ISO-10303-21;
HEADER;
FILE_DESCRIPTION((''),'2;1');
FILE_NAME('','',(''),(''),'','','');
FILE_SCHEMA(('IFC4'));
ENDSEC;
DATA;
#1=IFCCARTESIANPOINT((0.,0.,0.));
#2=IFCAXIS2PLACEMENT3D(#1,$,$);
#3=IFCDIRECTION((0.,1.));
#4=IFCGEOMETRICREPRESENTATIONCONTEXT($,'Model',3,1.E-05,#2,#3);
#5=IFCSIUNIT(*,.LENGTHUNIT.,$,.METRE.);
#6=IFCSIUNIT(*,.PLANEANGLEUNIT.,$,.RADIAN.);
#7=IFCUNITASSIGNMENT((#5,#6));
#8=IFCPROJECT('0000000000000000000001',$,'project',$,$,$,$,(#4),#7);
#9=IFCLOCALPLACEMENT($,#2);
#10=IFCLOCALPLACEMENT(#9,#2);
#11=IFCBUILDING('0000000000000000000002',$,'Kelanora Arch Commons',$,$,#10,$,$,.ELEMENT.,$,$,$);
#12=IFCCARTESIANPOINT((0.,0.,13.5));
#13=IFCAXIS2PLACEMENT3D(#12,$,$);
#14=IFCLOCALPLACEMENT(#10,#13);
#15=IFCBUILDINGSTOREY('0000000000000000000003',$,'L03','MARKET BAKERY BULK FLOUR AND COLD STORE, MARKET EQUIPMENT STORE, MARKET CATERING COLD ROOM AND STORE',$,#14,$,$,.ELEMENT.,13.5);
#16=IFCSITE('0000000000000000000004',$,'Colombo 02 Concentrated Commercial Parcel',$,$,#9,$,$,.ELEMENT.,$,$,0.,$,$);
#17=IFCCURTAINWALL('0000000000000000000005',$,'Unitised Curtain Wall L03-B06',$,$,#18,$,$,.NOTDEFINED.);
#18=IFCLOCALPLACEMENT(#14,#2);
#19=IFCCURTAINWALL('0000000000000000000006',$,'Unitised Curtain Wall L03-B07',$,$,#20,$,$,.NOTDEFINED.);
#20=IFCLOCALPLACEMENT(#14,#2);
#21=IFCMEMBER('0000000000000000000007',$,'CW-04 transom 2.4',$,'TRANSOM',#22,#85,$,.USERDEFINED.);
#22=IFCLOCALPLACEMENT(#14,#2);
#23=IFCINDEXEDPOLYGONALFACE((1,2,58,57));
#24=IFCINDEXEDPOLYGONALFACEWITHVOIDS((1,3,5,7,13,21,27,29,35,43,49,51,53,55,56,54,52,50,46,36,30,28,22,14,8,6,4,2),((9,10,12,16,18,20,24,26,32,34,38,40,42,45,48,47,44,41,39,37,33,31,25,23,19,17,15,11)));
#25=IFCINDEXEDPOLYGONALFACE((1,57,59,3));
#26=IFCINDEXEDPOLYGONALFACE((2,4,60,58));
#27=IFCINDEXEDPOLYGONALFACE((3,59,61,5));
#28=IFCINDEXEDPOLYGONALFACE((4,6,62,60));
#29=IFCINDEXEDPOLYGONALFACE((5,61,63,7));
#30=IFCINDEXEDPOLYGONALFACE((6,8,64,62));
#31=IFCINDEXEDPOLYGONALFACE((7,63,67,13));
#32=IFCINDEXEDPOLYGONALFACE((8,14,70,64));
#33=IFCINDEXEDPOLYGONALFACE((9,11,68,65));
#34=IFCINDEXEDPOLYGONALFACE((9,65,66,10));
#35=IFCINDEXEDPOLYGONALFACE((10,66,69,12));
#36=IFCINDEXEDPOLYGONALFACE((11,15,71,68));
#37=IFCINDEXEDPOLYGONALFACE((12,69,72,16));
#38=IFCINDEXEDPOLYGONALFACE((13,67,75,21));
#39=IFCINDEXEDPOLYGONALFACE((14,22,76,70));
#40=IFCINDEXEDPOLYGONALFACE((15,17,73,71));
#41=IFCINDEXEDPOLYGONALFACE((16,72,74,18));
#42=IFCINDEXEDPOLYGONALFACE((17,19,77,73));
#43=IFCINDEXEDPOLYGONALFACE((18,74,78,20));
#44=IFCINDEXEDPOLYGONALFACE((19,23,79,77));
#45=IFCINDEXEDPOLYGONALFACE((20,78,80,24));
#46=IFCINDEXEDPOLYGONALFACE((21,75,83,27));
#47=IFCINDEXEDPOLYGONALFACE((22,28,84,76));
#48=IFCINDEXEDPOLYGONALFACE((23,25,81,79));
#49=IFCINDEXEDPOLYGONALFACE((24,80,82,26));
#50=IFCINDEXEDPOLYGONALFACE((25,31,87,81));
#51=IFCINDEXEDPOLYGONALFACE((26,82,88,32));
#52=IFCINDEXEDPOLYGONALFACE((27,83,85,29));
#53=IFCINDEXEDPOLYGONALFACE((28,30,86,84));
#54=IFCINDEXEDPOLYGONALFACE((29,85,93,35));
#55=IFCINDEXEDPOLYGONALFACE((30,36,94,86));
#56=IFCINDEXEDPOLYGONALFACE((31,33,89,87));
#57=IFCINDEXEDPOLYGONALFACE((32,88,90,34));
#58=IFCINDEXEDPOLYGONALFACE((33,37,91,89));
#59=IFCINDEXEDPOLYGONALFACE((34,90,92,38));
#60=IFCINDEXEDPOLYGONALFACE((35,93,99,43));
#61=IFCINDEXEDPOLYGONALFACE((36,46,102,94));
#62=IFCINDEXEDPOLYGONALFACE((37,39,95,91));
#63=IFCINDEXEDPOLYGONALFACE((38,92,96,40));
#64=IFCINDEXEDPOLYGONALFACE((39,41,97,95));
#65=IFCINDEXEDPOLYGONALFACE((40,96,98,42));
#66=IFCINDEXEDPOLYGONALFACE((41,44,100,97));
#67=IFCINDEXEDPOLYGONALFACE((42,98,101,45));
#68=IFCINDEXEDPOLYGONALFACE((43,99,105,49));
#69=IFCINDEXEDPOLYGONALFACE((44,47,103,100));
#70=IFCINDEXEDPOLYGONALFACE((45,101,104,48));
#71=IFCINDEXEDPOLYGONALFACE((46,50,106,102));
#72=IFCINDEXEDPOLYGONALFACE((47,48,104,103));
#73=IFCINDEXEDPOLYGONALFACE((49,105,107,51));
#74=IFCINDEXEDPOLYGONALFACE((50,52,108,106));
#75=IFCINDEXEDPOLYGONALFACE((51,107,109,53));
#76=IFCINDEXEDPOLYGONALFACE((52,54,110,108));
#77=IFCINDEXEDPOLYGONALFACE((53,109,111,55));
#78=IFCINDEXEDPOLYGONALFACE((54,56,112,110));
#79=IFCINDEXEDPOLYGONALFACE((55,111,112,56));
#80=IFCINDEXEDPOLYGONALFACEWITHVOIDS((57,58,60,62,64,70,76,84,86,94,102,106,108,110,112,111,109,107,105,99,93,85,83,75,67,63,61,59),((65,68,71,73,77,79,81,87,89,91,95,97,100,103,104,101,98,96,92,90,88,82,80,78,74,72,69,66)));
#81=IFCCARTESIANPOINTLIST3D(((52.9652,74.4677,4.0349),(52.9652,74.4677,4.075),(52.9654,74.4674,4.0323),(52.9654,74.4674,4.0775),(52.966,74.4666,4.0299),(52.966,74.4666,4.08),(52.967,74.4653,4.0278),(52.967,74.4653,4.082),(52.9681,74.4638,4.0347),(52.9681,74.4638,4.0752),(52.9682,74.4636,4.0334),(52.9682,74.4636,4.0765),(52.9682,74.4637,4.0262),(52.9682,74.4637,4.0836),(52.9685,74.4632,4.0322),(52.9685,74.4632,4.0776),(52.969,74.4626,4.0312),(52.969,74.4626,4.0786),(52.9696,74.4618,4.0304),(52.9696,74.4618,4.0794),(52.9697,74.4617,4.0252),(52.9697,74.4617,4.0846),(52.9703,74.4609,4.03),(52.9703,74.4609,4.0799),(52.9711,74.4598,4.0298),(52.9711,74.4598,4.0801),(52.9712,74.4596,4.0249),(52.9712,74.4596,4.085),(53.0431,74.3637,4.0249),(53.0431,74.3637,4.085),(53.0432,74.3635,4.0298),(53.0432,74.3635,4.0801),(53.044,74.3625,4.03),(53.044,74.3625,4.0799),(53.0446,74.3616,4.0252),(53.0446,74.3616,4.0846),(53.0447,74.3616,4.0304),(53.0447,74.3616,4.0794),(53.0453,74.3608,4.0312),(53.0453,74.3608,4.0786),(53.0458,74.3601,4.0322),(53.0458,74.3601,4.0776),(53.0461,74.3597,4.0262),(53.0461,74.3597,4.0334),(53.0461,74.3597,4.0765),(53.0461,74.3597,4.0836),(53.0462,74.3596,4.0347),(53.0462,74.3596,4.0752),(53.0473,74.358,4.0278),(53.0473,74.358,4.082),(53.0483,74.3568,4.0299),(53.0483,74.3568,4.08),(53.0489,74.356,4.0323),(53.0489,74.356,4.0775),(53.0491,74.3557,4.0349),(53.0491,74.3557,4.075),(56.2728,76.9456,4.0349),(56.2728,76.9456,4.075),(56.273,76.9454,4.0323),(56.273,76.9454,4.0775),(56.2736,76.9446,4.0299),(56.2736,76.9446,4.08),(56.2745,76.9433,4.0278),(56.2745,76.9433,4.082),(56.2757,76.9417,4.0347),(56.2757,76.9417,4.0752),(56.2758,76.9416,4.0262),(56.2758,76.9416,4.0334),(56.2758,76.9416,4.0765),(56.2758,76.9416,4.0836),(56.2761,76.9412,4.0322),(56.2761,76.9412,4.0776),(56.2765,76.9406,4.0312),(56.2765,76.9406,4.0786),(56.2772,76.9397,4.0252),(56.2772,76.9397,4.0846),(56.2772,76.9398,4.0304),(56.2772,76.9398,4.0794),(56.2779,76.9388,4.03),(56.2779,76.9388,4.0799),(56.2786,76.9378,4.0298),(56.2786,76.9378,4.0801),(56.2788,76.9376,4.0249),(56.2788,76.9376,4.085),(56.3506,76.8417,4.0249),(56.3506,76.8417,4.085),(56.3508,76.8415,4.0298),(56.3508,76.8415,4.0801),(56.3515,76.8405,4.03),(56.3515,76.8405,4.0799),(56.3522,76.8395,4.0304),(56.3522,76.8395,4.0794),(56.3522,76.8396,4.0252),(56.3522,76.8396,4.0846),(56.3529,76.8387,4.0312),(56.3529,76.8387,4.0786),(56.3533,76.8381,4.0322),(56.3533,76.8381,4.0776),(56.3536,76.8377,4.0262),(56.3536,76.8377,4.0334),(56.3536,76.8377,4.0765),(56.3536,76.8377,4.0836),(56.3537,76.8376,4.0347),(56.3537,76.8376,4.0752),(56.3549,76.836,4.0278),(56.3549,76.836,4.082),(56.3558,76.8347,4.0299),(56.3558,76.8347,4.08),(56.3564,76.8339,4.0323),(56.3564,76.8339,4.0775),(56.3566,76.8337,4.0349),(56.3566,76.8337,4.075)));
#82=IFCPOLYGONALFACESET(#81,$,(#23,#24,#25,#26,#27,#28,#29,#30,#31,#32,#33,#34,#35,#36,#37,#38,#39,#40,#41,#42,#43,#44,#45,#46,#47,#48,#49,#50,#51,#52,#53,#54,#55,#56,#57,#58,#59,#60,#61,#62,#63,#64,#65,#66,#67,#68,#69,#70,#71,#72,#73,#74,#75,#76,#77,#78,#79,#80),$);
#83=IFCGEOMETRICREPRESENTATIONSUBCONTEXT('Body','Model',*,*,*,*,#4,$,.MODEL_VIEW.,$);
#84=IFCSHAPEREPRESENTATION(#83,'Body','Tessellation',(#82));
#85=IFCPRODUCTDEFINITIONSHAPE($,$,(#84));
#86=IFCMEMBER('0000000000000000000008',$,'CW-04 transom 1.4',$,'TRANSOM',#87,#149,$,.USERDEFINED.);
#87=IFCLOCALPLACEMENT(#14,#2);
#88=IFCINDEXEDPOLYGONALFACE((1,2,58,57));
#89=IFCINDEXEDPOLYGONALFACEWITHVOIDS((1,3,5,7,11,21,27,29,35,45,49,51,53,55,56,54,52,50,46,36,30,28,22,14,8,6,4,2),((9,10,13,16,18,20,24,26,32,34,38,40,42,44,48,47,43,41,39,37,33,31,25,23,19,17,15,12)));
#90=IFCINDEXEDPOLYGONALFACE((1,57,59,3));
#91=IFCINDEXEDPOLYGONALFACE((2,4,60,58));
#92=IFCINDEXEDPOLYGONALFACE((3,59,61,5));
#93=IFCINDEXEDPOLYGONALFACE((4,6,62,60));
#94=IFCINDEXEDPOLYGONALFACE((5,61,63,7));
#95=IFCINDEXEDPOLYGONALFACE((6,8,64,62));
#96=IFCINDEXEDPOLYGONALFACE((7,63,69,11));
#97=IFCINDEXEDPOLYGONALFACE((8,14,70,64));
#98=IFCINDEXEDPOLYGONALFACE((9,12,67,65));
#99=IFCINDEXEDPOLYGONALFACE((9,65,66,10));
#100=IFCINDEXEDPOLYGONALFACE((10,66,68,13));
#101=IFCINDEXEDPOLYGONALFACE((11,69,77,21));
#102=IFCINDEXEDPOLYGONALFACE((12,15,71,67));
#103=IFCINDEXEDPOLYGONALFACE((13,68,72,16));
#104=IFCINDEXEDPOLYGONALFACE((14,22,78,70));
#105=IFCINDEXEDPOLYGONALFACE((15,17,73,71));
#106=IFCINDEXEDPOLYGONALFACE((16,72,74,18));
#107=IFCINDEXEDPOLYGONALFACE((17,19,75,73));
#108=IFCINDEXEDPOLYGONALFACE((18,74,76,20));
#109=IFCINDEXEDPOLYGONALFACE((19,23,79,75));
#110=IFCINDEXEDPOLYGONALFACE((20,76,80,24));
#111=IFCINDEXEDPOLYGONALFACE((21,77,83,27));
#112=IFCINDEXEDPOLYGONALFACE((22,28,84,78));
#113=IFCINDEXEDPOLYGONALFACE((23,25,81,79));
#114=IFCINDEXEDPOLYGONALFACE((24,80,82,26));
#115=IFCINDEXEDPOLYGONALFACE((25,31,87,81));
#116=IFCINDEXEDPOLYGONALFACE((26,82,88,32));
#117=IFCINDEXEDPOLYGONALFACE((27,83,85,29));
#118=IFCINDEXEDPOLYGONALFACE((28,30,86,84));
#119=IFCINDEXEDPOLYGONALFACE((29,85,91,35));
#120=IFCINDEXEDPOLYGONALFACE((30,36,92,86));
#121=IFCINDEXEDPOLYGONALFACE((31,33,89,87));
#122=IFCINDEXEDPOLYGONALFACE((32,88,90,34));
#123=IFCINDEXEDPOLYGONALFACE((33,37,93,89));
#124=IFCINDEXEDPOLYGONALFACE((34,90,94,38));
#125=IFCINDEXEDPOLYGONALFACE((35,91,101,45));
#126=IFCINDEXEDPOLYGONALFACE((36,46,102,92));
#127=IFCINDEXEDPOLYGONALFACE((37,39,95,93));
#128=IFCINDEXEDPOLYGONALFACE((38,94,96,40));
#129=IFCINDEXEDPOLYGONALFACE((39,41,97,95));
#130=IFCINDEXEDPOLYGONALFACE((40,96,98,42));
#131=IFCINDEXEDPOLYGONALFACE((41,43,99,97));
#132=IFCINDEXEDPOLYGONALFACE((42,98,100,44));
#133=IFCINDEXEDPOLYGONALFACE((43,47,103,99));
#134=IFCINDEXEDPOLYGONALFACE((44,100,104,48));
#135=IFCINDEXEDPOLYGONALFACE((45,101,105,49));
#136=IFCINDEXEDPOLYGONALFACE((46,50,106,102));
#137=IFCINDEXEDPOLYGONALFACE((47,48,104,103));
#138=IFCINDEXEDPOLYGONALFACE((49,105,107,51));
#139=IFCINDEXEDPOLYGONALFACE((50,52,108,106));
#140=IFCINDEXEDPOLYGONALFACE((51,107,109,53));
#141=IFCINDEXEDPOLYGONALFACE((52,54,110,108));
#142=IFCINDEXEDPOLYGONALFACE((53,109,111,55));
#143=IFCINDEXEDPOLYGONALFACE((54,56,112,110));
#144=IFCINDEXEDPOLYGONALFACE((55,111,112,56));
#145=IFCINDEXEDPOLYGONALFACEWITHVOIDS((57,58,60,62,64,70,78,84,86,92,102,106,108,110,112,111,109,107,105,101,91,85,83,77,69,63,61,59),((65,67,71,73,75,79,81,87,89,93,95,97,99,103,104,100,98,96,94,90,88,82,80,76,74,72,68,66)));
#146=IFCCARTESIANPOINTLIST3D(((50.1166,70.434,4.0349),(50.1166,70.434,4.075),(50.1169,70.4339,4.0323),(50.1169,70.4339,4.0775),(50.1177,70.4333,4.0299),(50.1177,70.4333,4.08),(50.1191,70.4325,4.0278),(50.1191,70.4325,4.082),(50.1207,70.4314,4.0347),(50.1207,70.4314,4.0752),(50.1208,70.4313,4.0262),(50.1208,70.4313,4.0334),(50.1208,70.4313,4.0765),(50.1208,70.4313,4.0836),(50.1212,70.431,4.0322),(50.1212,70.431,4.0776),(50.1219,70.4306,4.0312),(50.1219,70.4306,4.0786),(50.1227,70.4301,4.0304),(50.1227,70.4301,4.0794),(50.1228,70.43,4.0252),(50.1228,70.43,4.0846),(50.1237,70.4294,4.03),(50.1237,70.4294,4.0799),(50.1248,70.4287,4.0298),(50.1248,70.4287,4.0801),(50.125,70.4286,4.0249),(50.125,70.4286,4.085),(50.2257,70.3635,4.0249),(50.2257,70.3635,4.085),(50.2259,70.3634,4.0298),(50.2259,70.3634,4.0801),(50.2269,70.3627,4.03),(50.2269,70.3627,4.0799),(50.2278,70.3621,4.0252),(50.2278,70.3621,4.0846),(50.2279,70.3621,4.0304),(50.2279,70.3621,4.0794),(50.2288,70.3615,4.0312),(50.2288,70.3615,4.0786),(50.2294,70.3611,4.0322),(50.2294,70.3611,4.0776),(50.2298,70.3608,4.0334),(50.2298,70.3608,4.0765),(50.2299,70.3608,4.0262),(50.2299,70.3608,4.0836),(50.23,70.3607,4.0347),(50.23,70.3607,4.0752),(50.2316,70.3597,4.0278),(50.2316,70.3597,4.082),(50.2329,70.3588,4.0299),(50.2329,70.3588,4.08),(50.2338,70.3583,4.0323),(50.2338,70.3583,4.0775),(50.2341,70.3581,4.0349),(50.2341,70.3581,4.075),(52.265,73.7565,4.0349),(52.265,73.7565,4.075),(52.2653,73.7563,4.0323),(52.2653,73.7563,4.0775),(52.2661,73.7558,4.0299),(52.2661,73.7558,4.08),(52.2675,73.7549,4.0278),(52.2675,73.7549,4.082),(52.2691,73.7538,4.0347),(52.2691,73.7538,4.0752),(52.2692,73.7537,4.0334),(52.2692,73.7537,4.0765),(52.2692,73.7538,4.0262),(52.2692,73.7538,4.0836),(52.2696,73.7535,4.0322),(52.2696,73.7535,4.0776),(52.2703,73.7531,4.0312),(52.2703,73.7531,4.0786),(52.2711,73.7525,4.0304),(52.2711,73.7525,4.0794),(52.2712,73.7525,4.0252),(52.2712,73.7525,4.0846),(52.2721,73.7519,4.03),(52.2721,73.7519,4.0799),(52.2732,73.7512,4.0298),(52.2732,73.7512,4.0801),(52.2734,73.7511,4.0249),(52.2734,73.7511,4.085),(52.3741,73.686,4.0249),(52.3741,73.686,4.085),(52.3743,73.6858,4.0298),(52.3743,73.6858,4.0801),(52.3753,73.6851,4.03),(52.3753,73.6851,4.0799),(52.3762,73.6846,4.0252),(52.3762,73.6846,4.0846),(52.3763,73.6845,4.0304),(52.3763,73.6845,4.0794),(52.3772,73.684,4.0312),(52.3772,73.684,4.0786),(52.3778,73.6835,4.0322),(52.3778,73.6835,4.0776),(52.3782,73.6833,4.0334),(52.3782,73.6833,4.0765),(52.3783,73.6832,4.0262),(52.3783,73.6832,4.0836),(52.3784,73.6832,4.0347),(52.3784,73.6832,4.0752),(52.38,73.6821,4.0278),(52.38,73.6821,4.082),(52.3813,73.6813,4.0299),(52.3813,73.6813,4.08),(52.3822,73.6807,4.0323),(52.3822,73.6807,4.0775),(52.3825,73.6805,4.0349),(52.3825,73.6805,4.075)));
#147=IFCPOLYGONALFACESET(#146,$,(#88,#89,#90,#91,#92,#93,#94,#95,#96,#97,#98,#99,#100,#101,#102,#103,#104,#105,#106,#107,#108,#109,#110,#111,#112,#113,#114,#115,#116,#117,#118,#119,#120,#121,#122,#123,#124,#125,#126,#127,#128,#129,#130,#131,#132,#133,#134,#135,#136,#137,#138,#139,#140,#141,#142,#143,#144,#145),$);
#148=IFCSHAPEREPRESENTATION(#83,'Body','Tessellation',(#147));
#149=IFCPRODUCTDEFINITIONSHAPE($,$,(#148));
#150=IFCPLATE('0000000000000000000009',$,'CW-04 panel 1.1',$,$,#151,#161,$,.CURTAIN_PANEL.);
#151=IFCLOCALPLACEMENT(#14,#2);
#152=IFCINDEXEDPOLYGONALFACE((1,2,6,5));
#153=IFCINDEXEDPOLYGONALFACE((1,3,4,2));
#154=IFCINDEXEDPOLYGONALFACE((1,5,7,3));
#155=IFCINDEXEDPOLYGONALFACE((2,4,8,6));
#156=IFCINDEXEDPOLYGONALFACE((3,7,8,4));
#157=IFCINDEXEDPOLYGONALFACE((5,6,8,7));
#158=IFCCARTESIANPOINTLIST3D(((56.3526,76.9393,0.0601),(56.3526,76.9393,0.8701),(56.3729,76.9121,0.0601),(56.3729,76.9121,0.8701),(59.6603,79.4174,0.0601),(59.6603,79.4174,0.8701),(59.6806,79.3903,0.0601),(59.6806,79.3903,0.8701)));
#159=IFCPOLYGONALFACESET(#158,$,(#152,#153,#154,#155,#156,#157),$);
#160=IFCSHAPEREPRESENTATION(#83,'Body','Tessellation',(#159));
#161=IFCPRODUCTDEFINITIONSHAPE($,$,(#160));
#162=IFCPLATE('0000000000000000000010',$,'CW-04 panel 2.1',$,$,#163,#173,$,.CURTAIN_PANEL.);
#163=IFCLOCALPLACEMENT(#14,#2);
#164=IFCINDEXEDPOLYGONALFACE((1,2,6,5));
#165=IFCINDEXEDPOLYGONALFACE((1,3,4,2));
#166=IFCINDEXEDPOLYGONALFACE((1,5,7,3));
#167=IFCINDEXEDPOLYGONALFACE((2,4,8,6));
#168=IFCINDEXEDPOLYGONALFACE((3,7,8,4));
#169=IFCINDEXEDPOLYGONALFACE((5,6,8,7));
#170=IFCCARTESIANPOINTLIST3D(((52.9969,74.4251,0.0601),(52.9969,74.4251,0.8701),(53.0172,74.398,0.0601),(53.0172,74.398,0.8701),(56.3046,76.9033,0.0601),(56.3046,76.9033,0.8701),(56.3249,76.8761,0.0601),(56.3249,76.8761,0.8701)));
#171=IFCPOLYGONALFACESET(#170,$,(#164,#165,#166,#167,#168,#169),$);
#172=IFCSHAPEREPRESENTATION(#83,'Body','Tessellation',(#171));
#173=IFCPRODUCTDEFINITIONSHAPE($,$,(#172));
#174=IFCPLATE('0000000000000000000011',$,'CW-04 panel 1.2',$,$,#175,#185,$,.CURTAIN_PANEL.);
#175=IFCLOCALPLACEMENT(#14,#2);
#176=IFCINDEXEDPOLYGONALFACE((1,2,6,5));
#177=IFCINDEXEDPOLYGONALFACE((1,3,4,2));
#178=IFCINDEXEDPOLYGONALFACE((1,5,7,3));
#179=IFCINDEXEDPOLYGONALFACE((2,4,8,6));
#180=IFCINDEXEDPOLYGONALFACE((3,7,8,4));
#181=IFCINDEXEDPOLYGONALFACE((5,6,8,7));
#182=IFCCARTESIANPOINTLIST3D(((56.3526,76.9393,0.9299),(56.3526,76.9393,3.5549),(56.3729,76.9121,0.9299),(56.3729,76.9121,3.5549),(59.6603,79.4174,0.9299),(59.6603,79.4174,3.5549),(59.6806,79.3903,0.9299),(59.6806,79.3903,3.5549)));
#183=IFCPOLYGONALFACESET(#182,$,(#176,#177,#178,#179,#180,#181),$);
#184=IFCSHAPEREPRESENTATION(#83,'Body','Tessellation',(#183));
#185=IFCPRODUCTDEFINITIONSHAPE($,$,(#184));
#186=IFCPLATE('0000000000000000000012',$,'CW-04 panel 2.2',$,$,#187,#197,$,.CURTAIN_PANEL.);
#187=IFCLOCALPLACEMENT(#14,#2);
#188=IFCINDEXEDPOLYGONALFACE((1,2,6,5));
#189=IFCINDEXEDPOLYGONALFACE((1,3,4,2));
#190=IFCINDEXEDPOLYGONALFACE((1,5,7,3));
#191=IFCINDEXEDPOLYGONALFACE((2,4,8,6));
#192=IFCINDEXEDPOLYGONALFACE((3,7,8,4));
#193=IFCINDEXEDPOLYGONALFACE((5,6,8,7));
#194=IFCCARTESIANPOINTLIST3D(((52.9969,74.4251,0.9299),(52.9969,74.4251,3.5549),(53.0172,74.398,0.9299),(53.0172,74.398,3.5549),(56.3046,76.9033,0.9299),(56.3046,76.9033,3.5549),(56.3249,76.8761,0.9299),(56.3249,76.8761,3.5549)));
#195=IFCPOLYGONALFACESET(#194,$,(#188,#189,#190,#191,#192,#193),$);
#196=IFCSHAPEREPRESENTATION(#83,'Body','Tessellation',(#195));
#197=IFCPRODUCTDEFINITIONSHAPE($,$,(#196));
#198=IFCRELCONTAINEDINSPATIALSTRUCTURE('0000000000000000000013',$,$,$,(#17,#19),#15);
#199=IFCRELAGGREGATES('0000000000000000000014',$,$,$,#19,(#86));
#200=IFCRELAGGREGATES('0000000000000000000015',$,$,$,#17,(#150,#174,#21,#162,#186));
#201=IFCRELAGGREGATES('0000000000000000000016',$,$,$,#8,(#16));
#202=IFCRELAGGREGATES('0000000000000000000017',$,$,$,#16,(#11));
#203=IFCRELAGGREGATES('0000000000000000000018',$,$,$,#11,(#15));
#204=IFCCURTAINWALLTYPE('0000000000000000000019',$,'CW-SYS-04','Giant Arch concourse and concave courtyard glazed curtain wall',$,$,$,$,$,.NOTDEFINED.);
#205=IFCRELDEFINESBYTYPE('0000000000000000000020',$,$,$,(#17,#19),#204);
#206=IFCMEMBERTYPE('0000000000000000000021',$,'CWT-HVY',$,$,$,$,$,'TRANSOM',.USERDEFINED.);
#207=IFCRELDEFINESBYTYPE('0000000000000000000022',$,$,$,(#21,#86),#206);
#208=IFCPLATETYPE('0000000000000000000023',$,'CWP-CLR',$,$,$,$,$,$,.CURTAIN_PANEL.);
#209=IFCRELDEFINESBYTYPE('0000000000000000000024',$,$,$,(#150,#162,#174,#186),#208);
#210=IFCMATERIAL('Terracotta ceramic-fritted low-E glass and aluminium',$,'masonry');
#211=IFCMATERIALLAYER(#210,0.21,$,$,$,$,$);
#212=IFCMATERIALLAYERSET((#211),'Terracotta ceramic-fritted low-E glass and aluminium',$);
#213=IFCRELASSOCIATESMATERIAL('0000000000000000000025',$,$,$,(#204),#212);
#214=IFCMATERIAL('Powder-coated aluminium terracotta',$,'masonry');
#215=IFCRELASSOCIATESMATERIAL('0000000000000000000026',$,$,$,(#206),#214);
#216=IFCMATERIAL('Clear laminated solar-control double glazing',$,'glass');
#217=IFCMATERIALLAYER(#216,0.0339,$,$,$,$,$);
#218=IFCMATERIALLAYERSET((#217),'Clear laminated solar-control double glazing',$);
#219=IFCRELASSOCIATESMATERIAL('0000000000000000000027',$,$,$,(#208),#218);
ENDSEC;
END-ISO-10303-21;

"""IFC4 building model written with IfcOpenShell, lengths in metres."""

from ifc_helpers import new_model, si_unit, direction, frame, origin, origin_2d, place, context, subcontext, project, spatial, rectangle, hollow_rectangle, extrude, source, transform, mapped, material, layer, layer_set, material_profile, profile_set, type_object, element, aggregate, save


model = new_model("IFC4")

# Units and contexts
model_context = context("Model", 3, precision=1e-05, world=origin(), true_north=direction((0.0, 1.0)))
body_context = subcontext(model_context, "Body", "Model", "MODEL_VIEW")
ifc_project = project(units=[si_unit("LENGTHUNIT", "METRE"), si_unit("PLANEANGLEUNIT", "RADIAN")], contexts=[model_context])

# Site, building, storey
site_placement = place(None, origin())
site = spatial("IfcSite", under=ifc_project, at=site_placement, Name="Colombo 02 Concentrated Commercial Parcel", CompositionType="ELEMENT", RefElevation=0.0)
building_placement = place(site_placement, origin())
building = spatial("IfcBuilding", under=site, at=building_placement, Name="Kelanora Arch Commons", CompositionType="ELEMENT")
storey_placement = place(building_placement, frame((0.0, 0.0, 13.5)))
storey = spatial("IfcBuildingStorey", under=building, at=storey_placement, Name="L03", Description="MARKET BAKERY BULK FLOUR AND COLD STORE, MARKET EQUIPMENT STORE, MARKET CATERING COLD ROOM AND STORE", CompositionType="ELEMENT", Elevation=13.5)

# Shared definitions
ifc_material_1 = material(Name="Terracotta ceramic-fritted low-E glass and aluminium", Category="masonry")
ifc_layer_1 = layer(ifc_material_1, 0.21)
ifc_layer_set_1 = layer_set([ifc_layer_1], Name="Terracotta ceramic-fritted low-E glass and aluminium")
curtain_wall_type = type_object("IfcCurtainWallType", Name="CW-SYS-04", Description="Giant Arch concourse and concave courtyard glazed curtain wall", PredefinedType="NOTDEFINED", material=ifc_layer_set_1)
ifc_material_2 = material(Name="Powder-coated aluminium terracotta", Category="masonry")

# Curtain wall
curtain_wall_1_placement = place(storey_placement, origin())
curtain_wall_1 = element("IfcCurtainWall", 1, at=curtain_wall_1_placement, inside=storey, type_object=curtain_wall_type, Name="Unitised Curtain Wall L03-B06", PredefinedType="NOTDEFINED")

# Curtain wall
curtain_wall_2_placement = place(storey_placement, origin())
curtain_wall_2 = element("IfcCurtainWall", 2, at=curtain_wall_2_placement, inside=storey, type_object=curtain_wall_type, Name="Unitised Curtain Wall L03-B07", PredefinedType="NOTDEFINED")

# Members
ifc_material_profile_1 = material_profile(ifc_material_2, hollow_rectangle(XDim=0.1399, YDim=0.0601, WallThickness=0.0049, InnerFilletRadius=0.0049, OuterFilletRadius=0.01, at=origin_2d()), Name="CWT140x60")
ifc_profile_set_1 = profile_set([ifc_material_profile_1], Name="Powder-coated aluminium terracotta")
member_type_1 = type_object("IfcMemberType", Name="CWT-HVY", ElementType="TRANSOM", PredefinedType="USERDEFINED", material=ifc_profile_set_1)
member_1_placement = place(storey_placement, frame((56.3147, 76.8896, 4.0549), z_axis=(-0.800312, -0.599584, 0.0), x_axis=(0.599584, -0.800312, 0.0)))
member_1 = element("IfcMember", 3, at=member_1_placement, type_object=member_type_1, Name="CW-04 transom 2.4", ObjectType="TRANSOM", PredefinedType="USERDEFINED", context=body_context, shape_type="SweptSolid", body=[
    extrude(hollow_rectangle(XDim=0.1399, YDim=0.0601, WallThickness=0.0049, InnerFilletRadius=0.0049, OuterFilletRadius=0.01, at=origin_2d()), origin(), (0.0, 0.0, 1.0), 4.1328),
])
member_2_placement = place(storey_placement, frame((52.3237, 73.7185, 4.0549), z_axis=(-0.542998, -0.839734, 0.0), x_axis=(0.839734, -0.542998, 0.0)))
member_2 = element("IfcMember", 4, at=member_2_placement, type_object=member_type_1, Name="CW-04 transom 1.4", ObjectType="TRANSOM", PredefinedType="USERDEFINED", context=body_context, shape_type="SweptSolid", body=[
    extrude(hollow_rectangle(XDim=0.1399, YDim=0.0601, WallThickness=0.0049, InnerFilletRadius=0.0049, OuterFilletRadius=0.01, at=origin_2d()), origin(), (0.0, 0.0, 1.0), 3.9565),
])
aggregate(curtain_wall_2, [member_2])

# Plates
ifc_material_3 = material(Name="Clear laminated solar-control double glazing", Category="glass")
ifc_layer_2 = layer(ifc_material_3, 0.0339)
ifc_layer_set_2 = layer_set([ifc_layer_2], Name="Clear laminated solar-control double glazing")
plate_type = type_object("IfcPlateType", Name="CWP-CLR", PredefinedType="CURTAIN_PANEL", material=ifc_layer_set_2)
shared_shape_1 = source(origin(), body_context, "Body", "SweptSolid", [
    extrude(rectangle(XDim=4.1331, YDim=0.0339, at=origin_2d()), origin(), (0.0, 0.0, 1.0), 0.8101),
])
plate_1_placement = place(storey_placement, frame((58.0166, 78.1648, 0.0601), z_axis=(0.0, 0.0, 1.0), x_axis=(-0.800305, -0.599593, 0.0)))
plate_1 = element("IfcPlate", 5, at=plate_1_placement, type_object=plate_type, Name="CW-04 panel 1.1", PredefinedType="CURTAIN_PANEL", context=body_context, shape_type="MappedRepresentation", body=[
    mapped(shared_shape_1, transform((0.0, 0.0, 0.0), scale=1.0)),
])
plate_2_placement = place(storey_placement, frame((54.6609, 75.6506, 0.0601), z_axis=(0.0, 0.0, 1.0), x_axis=(-0.800305, -0.599593, 0.0)))
plate_2 = element("IfcPlate", 6, at=plate_2_placement, type_object=plate_type, Name="CW-04 panel 2.1", PredefinedType="CURTAIN_PANEL", context=body_context, shape_type="MappedRepresentation", body=[
    mapped(shared_shape_1, transform((0.0, 0.0, 0.0), scale=1.0)),
])
shared_shape_2 = source(origin(), body_context, "Body", "SweptSolid", [
    extrude(rectangle(XDim=4.1331, YDim=0.0339, at=origin_2d()), origin(), (0.0, 0.0, 1.0), 2.625),
])
plate_3_placement = place(storey_placement, frame((58.0166, 78.1648, 0.9299), z_axis=(0.0, 0.0, 1.0), x_axis=(-0.800305, -0.599593, 0.0)))
plate_3 = element("IfcPlate", 7, at=plate_3_placement, type_object=plate_type, Name="CW-04 panel 1.2", PredefinedType="CURTAIN_PANEL", context=body_context, shape_type="MappedRepresentation", body=[
    mapped(shared_shape_2, transform((0.0, 0.0, 0.0), scale=1.0)),
])
plate_4_placement = place(storey_placement, frame((54.6609, 75.6506, 0.9299), z_axis=(0.0, 0.0, 1.0), x_axis=(-0.800305, -0.599593, 0.0)))
plate_4 = element("IfcPlate", 8, at=plate_4_placement, type_object=plate_type, Name="CW-04 panel 2.2", PredefinedType="CURTAIN_PANEL", context=body_context, shape_type="MappedRepresentation", body=[
    mapped(shared_shape_2, transform((0.0, 0.0, 0.0), scale=1.0)),
])
aggregate(curtain_wall_1, [plate_1, plate_3, member_1, plate_2, plate_4])

save(model, "model.ifc")
